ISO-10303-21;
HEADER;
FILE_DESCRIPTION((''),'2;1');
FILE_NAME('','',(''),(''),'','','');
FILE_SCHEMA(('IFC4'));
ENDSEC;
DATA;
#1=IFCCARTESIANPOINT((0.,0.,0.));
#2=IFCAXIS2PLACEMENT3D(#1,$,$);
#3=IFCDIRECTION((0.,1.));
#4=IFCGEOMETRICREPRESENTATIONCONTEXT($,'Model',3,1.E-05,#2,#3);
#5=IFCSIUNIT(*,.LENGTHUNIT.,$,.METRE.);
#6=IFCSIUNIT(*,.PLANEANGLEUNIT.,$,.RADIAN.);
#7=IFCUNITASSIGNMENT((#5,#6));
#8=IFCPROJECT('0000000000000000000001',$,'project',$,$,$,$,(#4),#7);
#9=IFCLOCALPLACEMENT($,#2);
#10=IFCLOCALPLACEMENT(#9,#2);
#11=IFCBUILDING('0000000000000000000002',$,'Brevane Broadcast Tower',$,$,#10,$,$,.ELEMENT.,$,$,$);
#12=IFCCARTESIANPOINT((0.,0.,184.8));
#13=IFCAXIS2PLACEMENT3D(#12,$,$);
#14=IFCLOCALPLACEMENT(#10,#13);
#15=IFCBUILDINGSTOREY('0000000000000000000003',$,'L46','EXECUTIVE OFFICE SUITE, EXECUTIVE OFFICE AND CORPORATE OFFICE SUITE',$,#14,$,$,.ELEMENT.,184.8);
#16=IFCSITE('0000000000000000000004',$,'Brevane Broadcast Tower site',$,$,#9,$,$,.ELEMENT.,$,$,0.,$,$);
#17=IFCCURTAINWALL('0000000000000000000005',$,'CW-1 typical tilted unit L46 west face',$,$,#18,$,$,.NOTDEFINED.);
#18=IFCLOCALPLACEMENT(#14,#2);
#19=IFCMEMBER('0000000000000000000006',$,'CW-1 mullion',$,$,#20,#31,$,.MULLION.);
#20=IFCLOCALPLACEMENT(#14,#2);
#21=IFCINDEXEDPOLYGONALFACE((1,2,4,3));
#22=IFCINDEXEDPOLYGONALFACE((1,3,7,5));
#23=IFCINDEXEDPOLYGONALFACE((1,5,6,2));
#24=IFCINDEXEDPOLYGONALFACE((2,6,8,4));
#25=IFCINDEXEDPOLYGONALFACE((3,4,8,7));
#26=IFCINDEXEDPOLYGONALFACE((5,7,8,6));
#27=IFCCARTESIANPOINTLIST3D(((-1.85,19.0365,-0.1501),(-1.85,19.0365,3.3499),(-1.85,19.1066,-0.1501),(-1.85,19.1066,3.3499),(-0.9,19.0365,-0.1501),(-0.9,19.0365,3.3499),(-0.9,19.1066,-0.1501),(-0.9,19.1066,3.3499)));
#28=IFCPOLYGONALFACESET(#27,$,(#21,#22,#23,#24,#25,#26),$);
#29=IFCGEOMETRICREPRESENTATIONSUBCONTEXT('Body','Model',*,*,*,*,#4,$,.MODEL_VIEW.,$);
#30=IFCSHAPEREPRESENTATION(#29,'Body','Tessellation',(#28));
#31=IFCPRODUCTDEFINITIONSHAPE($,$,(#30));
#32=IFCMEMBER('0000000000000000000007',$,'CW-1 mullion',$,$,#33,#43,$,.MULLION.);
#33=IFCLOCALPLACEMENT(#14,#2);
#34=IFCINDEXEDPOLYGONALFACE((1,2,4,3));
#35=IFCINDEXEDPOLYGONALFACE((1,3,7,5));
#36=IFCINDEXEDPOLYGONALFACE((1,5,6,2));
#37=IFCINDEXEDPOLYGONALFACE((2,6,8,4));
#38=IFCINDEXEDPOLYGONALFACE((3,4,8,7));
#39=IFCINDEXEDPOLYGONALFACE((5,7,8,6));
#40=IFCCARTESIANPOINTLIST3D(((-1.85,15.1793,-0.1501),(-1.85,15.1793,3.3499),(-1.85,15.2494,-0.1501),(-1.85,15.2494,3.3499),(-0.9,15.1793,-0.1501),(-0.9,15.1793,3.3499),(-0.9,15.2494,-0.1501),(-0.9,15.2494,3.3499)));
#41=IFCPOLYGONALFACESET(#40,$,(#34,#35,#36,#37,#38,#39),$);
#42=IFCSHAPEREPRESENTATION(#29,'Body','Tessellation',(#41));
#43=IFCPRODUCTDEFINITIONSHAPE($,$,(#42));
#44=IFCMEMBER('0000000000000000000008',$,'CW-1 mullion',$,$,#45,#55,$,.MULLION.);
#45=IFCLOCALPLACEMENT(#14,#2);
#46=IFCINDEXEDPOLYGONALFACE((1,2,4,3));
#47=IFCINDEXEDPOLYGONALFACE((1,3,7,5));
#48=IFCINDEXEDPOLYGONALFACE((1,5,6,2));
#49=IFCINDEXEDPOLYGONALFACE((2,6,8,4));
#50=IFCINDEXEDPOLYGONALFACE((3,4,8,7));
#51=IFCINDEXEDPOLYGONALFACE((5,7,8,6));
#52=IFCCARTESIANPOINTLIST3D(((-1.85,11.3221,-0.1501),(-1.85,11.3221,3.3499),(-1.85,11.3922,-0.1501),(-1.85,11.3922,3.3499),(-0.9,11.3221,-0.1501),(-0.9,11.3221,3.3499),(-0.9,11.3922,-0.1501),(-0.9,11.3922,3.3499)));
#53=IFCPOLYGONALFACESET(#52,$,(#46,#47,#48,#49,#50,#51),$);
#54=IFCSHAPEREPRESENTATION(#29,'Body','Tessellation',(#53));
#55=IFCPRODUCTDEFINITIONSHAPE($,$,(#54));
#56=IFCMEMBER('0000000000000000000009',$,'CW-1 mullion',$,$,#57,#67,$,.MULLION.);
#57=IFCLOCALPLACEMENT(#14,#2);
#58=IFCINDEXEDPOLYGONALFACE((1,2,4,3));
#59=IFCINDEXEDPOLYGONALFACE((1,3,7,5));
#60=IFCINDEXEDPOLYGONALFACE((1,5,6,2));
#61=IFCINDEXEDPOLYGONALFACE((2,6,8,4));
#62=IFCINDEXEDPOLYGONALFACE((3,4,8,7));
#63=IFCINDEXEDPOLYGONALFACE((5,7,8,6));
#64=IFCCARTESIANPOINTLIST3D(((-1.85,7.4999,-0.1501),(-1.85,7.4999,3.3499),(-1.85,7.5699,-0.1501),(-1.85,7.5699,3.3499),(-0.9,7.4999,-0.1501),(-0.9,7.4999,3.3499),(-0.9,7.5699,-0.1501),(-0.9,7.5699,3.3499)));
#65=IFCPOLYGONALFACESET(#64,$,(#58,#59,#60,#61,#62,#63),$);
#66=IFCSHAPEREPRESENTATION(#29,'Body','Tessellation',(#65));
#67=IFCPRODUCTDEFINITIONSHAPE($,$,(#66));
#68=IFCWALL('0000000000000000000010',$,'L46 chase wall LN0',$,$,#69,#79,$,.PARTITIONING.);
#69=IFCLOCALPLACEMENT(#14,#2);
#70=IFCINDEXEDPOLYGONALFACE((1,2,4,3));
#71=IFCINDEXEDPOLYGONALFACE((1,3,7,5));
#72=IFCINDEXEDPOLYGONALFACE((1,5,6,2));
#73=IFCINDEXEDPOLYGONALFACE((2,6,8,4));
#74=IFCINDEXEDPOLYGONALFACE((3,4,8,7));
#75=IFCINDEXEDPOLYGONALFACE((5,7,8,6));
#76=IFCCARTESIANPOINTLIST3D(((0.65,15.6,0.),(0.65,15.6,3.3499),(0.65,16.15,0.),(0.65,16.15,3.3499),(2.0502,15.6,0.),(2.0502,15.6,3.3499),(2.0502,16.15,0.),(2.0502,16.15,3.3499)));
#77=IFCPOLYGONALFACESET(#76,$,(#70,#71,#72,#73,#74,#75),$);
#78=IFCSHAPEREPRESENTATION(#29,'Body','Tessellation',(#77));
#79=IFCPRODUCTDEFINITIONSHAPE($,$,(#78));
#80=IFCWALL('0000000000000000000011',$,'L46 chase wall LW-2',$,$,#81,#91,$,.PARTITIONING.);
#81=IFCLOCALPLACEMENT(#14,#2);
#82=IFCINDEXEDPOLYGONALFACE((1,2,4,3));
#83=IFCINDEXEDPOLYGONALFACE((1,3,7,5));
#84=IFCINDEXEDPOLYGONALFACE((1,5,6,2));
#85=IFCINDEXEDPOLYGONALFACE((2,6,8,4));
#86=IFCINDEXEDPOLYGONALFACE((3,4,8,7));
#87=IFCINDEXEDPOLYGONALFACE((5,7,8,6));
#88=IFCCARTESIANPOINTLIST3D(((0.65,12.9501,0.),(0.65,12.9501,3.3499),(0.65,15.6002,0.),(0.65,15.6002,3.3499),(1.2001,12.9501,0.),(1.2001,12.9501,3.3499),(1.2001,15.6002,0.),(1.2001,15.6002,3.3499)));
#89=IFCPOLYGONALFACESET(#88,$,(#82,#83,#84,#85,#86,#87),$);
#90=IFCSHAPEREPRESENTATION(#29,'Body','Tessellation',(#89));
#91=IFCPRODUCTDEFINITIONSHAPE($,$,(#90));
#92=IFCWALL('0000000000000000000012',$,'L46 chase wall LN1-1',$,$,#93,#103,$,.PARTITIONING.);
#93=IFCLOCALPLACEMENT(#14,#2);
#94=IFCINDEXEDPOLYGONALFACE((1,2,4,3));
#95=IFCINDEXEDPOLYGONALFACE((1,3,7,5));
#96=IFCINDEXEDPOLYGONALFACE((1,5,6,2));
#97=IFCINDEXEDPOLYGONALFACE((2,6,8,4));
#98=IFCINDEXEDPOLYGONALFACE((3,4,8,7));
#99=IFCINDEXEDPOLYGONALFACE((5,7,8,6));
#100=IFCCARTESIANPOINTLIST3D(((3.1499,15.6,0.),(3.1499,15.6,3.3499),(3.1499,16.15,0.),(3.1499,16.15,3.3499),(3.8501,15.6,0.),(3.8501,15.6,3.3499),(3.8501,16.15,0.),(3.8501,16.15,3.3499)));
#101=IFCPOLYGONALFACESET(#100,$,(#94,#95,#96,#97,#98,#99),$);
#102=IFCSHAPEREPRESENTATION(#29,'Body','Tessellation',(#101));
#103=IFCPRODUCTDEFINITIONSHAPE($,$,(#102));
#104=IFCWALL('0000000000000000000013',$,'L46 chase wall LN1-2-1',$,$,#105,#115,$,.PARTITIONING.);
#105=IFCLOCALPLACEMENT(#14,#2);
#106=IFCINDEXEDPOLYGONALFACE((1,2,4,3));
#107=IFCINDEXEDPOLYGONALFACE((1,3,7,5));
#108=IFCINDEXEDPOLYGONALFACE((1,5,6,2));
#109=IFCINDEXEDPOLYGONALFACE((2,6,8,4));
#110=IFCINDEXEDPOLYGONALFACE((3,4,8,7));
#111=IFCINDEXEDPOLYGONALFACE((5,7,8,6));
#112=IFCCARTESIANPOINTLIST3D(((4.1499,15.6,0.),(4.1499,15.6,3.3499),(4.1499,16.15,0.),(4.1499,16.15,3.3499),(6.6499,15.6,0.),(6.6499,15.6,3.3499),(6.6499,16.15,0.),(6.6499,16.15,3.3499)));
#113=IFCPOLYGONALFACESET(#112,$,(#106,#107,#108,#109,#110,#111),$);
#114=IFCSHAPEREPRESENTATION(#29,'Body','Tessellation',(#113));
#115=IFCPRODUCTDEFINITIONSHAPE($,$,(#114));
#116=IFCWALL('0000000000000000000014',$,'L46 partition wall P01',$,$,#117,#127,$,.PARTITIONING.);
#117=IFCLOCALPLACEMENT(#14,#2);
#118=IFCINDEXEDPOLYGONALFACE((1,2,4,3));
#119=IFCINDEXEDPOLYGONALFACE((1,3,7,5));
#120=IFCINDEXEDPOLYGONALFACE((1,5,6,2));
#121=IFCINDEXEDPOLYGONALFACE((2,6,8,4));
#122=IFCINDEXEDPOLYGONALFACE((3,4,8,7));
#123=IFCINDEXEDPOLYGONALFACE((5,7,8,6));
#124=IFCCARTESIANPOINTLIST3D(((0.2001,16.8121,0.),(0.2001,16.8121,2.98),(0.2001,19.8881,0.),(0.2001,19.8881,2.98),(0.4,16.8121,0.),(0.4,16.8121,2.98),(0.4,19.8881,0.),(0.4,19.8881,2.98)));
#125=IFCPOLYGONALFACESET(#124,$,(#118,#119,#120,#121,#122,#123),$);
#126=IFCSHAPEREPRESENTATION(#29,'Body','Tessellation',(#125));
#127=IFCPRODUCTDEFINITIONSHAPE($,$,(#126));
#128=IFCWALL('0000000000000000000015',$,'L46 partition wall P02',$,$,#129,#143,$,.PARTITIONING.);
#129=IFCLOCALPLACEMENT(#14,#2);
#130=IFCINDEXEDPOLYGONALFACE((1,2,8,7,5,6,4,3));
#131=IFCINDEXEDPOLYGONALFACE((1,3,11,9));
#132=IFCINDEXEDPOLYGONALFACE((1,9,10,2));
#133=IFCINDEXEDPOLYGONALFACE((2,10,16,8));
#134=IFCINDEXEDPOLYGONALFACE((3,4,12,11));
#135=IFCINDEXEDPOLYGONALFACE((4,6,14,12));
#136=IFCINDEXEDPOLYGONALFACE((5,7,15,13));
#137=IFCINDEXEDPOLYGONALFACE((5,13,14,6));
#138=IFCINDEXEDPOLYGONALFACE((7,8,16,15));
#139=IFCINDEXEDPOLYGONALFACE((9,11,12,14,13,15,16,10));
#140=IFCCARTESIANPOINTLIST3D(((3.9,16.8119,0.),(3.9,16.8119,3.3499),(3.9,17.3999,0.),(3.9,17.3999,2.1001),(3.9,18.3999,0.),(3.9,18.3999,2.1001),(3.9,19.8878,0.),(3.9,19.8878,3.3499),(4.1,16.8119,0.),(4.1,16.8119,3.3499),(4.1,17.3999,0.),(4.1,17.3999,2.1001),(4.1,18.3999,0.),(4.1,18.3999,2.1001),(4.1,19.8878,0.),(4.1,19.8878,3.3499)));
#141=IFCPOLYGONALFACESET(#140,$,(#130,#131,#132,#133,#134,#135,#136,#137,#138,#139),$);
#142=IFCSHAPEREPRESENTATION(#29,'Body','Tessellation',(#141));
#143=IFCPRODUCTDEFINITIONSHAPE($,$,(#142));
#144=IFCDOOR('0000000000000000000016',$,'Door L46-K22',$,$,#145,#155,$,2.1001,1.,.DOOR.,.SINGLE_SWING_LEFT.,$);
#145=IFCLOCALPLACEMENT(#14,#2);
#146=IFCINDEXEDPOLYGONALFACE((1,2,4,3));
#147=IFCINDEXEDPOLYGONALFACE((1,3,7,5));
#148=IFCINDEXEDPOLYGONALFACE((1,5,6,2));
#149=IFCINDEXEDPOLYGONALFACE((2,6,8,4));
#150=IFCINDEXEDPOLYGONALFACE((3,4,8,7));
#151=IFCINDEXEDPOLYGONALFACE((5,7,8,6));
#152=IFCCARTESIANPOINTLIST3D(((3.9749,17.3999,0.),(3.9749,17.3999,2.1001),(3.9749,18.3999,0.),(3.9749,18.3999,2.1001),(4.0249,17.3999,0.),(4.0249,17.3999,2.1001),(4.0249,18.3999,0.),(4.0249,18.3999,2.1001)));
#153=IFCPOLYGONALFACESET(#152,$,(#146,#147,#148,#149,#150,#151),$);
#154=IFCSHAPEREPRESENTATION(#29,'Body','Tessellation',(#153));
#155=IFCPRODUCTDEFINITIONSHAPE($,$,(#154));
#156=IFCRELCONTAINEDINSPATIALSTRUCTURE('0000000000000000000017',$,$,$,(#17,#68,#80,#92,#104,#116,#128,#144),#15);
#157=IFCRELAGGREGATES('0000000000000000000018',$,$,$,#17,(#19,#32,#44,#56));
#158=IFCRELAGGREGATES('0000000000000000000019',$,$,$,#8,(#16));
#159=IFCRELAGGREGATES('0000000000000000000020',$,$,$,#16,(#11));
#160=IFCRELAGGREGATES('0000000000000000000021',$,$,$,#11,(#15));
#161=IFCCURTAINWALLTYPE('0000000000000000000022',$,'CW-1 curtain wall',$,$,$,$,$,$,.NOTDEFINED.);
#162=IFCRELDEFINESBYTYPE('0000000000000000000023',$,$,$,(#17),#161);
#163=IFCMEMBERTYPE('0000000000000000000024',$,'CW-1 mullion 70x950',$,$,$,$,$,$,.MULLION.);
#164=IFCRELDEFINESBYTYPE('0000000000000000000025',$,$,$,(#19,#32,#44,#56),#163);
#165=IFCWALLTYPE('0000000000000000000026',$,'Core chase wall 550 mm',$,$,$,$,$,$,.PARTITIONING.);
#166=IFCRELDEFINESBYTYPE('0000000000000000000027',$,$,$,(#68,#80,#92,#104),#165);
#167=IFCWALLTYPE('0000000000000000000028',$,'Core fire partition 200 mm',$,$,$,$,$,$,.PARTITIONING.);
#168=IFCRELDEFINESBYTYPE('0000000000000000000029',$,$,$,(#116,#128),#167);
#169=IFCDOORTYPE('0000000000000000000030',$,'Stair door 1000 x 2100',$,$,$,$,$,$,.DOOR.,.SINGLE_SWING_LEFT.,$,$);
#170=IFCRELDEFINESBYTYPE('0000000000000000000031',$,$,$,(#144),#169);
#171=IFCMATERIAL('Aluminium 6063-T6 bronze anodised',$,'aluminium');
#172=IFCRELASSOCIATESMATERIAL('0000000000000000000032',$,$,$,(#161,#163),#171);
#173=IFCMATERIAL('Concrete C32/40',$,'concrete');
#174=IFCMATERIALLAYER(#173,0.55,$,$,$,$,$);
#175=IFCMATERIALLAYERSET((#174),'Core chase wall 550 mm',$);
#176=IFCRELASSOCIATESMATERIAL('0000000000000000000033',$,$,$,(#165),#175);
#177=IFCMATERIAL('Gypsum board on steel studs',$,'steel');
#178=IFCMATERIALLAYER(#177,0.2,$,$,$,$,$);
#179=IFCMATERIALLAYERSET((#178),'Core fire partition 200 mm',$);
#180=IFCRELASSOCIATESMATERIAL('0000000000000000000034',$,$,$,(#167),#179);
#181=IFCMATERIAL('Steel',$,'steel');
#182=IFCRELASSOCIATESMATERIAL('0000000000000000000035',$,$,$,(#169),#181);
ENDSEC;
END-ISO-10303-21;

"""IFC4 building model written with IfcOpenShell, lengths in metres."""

from ifc_helpers import new_model, si_unit, direction, frame, frame_2d, origin, origin_2d, place, context, subcontext, project, spatial, rectangle, extrude, material, layer, layer_set, material_profile, profile_set, type_object, element, fill, aggregate, save


model = new_model("IFC4")

# Units and contexts
model_context = context("Model", 3, precision=1e-05, world=origin(), true_north=direction((0.0, 1.0)))
body_context = subcontext(model_context, "Body", "Model", "MODEL_VIEW")
ifc_project = project(units=[si_unit("LENGTHUNIT", "METRE"), si_unit("PLANEANGLEUNIT", "RADIAN")], contexts=[model_context])

# Site, building, storey
site_placement = place(None, origin())
site = spatial("IfcSite", under=ifc_project, at=site_placement, Name="Brevane Broadcast Tower site", CompositionType="ELEMENT", RefElevation=0.0)
building_placement = place(site_placement, origin())
building = spatial("IfcBuilding", under=site, at=building_placement, Name="Brevane Broadcast Tower", CompositionType="ELEMENT")
storey_placement = place(building_placement, frame((0.0, 0.0, 184.8)))
storey = spatial("IfcBuildingStorey", under=building, at=storey_placement, Name="L46", Description="EXECUTIVE OFFICE SUITE, EXECUTIVE OFFICE AND CORPORATE OFFICE SUITE", CompositionType="ELEMENT", Elevation=184.8)

# Curtain wall, members
ifc_material_1 = material(Name="Aluminium 6063-T6 bronze anodised", Category="aluminium")
curtain_wall_type = type_object("IfcCurtainWallType", Name="CW-1 curtain wall", PredefinedType="NOTDEFINED", material=ifc_material_1)
curtain_wall_placement = place(storey_placement, origin())
curtain_wall = element("IfcCurtainWall", 1, at=curtain_wall_placement, inside=storey, type_object=curtain_wall_type, Name="CW-1 typical tilted unit L46 west face", PredefinedType="NOTDEFINED")
ifc_material_profile = material_profile(ifc_material_1, rectangle(XDim=0.95, YDim=0.0701, at=origin_2d()), Name="RECT 70x950")
ifc_profile_set = profile_set([ifc_material_profile], Name="Aluminium 6063-T6 bronze anodised")
member_type = type_object("IfcMemberType", Name="CW-1 mullion 70x950", PredefinedType="MULLION", material=ifc_profile_set)
member_1_placement = place(storey_placement, frame((-1.375, 19.0715, -0.1501), z_axis=(0.0, 0.0, 1.0), x_axis=(1.0, 0.0, 0.0)))
member_1 = element("IfcMember", 2, at=member_1_placement, type_object=member_type, Name="CW-1 mullion", PredefinedType="MULLION", context=body_context, shape_type="SweptSolid", body=[
    extrude(rectangle(XDim=0.95, YDim=0.0701, at=origin_2d()), origin(), (0.0, 0.0, 1.0), 3.5),
])
member_2_placement = place(storey_placement, frame((-1.375, 15.2144, -0.1501), z_axis=(0.0, 0.0, 1.0), x_axis=(1.0, 0.0, 0.0)))
member_2 = element("IfcMember", 3, at=member_2_placement, type_object=member_type, Name="CW-1 mullion", PredefinedType="MULLION", context=body_context, shape_type="SweptSolid", body=[
    extrude(rectangle(XDim=0.95, YDim=0.0701, at=origin_2d()), origin(), (0.0, 0.0, 1.0), 3.5),
])
member_3_placement = place(storey_placement, frame((-1.375, 11.3572, -0.1501), z_axis=(0.0, 0.0, 1.0), x_axis=(1.0, 0.0, 0.0)))
member_3 = element("IfcMember", 4, at=member_3_placement, type_object=member_type, Name="CW-1 mullion", PredefinedType="MULLION", context=body_context, shape_type="SweptSolid", body=[
    extrude(rectangle(XDim=0.95, YDim=0.0701, at=origin_2d()), origin(), (0.0, 0.0, 1.0), 3.5),
])
member_4_placement = place(storey_placement, frame((-1.375, 7.5349, -0.1501), z_axis=(0.0, 0.0, 1.0), x_axis=(1.0, 0.0, 0.0)))
member_4 = element("IfcMember", 5, at=member_4_placement, type_object=member_type, Name="CW-1 mullion", PredefinedType="MULLION", context=body_context, shape_type="SweptSolid", body=[
    extrude(rectangle(XDim=0.95, YDim=0.0701, at=origin_2d()), origin(), (0.0, 0.0, 1.0), 3.5),
])
aggregate(curtain_wall, [member_1, member_2, member_3, member_4])

# Walls
ifc_material_2 = material(Name="Concrete C32/40", Category="concrete")
ifc_layer_1 = layer(ifc_material_2, 0.55)
ifc_layer_set_1 = layer_set([ifc_layer_1], Name="Core chase wall 550 mm")
wall_type_1 = type_object("IfcWallType", Name="Core chase wall 550 mm", PredefinedType="PARTITIONING", material=ifc_layer_set_1)
wall_1_placement = place(storey_placement, frame((0.6499, 15.875, 0.0), z_axis=(0.0, 0.0, 1.0), x_axis=(1.0, 0.0, 0.0)))
element("IfcWall", 6, at=wall_1_placement, inside=storey, type_object=wall_type_1, Name="L46 chase wall LN0", PredefinedType="PARTITIONING", context=body_context, shape_type="SweptSolid", body=[
    extrude(rectangle(XDim=1.4001, YDim=0.55, at=frame_2d((0.7002, 0.0))), origin(), (0.0, 0.0, 1.0), 3.3499),
])
wall_2_placement = place(storey_placement, frame((0.925, 12.95, 0.0), z_axis=(0.0, 0.0, 1.0), x_axis=(0.0, 1.0, 0.0)))
element("IfcWall", 7, at=wall_2_placement, inside=storey, type_object=wall_type_1, Name="L46 chase wall LW-2", PredefinedType="PARTITIONING", context=body_context, shape_type="SweptSolid", body=[
    extrude(rectangle(XDim=2.6501, YDim=0.55, at=frame_2d((1.3252, 0.0))), origin(), (0.0, 0.0, 1.0), 3.3499),
])
wall_3_placement = place(storey_placement, frame((3.1499, 15.875, 0.0), z_axis=(0.0, 0.0, 1.0), x_axis=(1.0, 0.0, 0.0)))
element("IfcWall", 8, at=wall_3_placement, inside=storey, type_object=wall_type_1, Name="L46 chase wall LN1-1", PredefinedType="PARTITIONING", context=body_context, shape_type="SweptSolid", body=[
    extrude(rectangle(XDim=0.7002, YDim=0.55, at=frame_2d((0.3501, 0.0))), origin(), (0.0, 0.0, 1.0), 3.3499),
])
wall_4_placement = place(storey_placement, frame((4.1499, 15.875, 0.0), z_axis=(0.0, 0.0, 1.0), x_axis=(1.0, 0.0, 0.0)))
element("IfcWall", 9, at=wall_4_placement, inside=storey, type_object=wall_type_1, Name="L46 chase wall LN1-2-1", PredefinedType="PARTITIONING", context=body_context, shape_type="SweptSolid", body=[
    extrude(rectangle(XDim=2.5, YDim=0.55, at=frame_2d((1.25, 0.0))), origin(), (0.0, 0.0, 1.0), 3.3499),
])
ifc_material_3 = material(Name="Gypsum board on steel studs", Category="steel")
ifc_layer_2 = layer(ifc_material_3, 0.2)
ifc_layer_set_2 = layer_set([ifc_layer_2], Name="Core fire partition 200 mm")
wall_type_2 = type_object("IfcWallType", Name="Core fire partition 200 mm", PredefinedType="PARTITIONING", material=ifc_layer_set_2)
wall_5_placement = place(storey_placement, frame((0.3, 16.812, 0.0), z_axis=(0.0, 0.0, 1.0), x_axis=(0.0, 1.0, 0.0)))
element("IfcWall", 10, at=wall_5_placement, inside=storey, type_object=wall_type_2, Name="L46 partition wall P01", PredefinedType="PARTITIONING", context=body_context, shape_type="SweptSolid", body=[
    extrude(rectangle(XDim=3.0759, YDim=0.2, at=frame_2d((1.5381, 0.0))), origin(), (0.0, 0.0, 1.0), 2.98),
])

# Wall, opening, door
wall_6_placement = place(storey_placement, frame((4.0, 19.8879, 0.0), z_axis=(0.0, 0.0, 1.0), x_axis=(0.0, -1.0, 0.0)))
wall_6 = element("IfcWall", 11, at=wall_6_placement, inside=storey, type_object=wall_type_2, Name="L46 partition wall P02", PredefinedType="PARTITIONING", context=body_context, shape_type="SweptSolid", body=[
    extrude(rectangle(XDim=3.0759, YDim=0.2, at=frame_2d((1.5381, 0.0))), origin(), (0.0, 0.0, 1.0), 3.3499),
])
opening_1_placement = place(wall_6_placement, frame((1.488, 0.0, 0.0)))
opening_1 = element("IfcOpeningElement", 12, at=opening_1_placement, cuts=wall_6, PredefinedType="OPENING", context=body_context, shape_type="SweptSolid", body=[
    extrude(rectangle(XDim=1.0, YDim=2.1001, at=frame_2d((0.5, 1.05))), frame((0.0, 0.1099, 0.0), z_axis=(0.0, -1.0, 0.0), x_axis=(1.0, 0.0, 0.0)), (0.0, 0.0, 1.0), 0.22),
])
ifc_material_4 = material(Name="Steel", Category="steel")
door_type_1 = type_object("IfcDoorType", Name="Stair door 1000 x 2100", OperationType="SINGLE_SWING_LEFT", PredefinedType="DOOR", material=ifc_material_4)
door_1_placement = place(opening_1_placement, origin())
door_1 = element("IfcDoor", 13, at=door_1_placement, inside=storey, type_object=door_type_1, Name="Door L46-K22", OperationType="SINGLE_SWING_LEFT", OverallHeight=2.1001, OverallWidth=1.0, PredefinedType="DOOR", context=body_context, shape_type="SweptSolid", body=[
    extrude(rectangle(XDim=1.0, YDim=2.1001, at=frame_2d((0.5, 1.05))), frame((0.0, 0.0249, 0.0), z_axis=(0.0, -1.0, 0.0), x_axis=(1.0, 0.0, 0.0)), (0.0, 0.0, 1.0), 0.05),
])
fill(opening_1, door_1)

save(model, "model.ifc")
